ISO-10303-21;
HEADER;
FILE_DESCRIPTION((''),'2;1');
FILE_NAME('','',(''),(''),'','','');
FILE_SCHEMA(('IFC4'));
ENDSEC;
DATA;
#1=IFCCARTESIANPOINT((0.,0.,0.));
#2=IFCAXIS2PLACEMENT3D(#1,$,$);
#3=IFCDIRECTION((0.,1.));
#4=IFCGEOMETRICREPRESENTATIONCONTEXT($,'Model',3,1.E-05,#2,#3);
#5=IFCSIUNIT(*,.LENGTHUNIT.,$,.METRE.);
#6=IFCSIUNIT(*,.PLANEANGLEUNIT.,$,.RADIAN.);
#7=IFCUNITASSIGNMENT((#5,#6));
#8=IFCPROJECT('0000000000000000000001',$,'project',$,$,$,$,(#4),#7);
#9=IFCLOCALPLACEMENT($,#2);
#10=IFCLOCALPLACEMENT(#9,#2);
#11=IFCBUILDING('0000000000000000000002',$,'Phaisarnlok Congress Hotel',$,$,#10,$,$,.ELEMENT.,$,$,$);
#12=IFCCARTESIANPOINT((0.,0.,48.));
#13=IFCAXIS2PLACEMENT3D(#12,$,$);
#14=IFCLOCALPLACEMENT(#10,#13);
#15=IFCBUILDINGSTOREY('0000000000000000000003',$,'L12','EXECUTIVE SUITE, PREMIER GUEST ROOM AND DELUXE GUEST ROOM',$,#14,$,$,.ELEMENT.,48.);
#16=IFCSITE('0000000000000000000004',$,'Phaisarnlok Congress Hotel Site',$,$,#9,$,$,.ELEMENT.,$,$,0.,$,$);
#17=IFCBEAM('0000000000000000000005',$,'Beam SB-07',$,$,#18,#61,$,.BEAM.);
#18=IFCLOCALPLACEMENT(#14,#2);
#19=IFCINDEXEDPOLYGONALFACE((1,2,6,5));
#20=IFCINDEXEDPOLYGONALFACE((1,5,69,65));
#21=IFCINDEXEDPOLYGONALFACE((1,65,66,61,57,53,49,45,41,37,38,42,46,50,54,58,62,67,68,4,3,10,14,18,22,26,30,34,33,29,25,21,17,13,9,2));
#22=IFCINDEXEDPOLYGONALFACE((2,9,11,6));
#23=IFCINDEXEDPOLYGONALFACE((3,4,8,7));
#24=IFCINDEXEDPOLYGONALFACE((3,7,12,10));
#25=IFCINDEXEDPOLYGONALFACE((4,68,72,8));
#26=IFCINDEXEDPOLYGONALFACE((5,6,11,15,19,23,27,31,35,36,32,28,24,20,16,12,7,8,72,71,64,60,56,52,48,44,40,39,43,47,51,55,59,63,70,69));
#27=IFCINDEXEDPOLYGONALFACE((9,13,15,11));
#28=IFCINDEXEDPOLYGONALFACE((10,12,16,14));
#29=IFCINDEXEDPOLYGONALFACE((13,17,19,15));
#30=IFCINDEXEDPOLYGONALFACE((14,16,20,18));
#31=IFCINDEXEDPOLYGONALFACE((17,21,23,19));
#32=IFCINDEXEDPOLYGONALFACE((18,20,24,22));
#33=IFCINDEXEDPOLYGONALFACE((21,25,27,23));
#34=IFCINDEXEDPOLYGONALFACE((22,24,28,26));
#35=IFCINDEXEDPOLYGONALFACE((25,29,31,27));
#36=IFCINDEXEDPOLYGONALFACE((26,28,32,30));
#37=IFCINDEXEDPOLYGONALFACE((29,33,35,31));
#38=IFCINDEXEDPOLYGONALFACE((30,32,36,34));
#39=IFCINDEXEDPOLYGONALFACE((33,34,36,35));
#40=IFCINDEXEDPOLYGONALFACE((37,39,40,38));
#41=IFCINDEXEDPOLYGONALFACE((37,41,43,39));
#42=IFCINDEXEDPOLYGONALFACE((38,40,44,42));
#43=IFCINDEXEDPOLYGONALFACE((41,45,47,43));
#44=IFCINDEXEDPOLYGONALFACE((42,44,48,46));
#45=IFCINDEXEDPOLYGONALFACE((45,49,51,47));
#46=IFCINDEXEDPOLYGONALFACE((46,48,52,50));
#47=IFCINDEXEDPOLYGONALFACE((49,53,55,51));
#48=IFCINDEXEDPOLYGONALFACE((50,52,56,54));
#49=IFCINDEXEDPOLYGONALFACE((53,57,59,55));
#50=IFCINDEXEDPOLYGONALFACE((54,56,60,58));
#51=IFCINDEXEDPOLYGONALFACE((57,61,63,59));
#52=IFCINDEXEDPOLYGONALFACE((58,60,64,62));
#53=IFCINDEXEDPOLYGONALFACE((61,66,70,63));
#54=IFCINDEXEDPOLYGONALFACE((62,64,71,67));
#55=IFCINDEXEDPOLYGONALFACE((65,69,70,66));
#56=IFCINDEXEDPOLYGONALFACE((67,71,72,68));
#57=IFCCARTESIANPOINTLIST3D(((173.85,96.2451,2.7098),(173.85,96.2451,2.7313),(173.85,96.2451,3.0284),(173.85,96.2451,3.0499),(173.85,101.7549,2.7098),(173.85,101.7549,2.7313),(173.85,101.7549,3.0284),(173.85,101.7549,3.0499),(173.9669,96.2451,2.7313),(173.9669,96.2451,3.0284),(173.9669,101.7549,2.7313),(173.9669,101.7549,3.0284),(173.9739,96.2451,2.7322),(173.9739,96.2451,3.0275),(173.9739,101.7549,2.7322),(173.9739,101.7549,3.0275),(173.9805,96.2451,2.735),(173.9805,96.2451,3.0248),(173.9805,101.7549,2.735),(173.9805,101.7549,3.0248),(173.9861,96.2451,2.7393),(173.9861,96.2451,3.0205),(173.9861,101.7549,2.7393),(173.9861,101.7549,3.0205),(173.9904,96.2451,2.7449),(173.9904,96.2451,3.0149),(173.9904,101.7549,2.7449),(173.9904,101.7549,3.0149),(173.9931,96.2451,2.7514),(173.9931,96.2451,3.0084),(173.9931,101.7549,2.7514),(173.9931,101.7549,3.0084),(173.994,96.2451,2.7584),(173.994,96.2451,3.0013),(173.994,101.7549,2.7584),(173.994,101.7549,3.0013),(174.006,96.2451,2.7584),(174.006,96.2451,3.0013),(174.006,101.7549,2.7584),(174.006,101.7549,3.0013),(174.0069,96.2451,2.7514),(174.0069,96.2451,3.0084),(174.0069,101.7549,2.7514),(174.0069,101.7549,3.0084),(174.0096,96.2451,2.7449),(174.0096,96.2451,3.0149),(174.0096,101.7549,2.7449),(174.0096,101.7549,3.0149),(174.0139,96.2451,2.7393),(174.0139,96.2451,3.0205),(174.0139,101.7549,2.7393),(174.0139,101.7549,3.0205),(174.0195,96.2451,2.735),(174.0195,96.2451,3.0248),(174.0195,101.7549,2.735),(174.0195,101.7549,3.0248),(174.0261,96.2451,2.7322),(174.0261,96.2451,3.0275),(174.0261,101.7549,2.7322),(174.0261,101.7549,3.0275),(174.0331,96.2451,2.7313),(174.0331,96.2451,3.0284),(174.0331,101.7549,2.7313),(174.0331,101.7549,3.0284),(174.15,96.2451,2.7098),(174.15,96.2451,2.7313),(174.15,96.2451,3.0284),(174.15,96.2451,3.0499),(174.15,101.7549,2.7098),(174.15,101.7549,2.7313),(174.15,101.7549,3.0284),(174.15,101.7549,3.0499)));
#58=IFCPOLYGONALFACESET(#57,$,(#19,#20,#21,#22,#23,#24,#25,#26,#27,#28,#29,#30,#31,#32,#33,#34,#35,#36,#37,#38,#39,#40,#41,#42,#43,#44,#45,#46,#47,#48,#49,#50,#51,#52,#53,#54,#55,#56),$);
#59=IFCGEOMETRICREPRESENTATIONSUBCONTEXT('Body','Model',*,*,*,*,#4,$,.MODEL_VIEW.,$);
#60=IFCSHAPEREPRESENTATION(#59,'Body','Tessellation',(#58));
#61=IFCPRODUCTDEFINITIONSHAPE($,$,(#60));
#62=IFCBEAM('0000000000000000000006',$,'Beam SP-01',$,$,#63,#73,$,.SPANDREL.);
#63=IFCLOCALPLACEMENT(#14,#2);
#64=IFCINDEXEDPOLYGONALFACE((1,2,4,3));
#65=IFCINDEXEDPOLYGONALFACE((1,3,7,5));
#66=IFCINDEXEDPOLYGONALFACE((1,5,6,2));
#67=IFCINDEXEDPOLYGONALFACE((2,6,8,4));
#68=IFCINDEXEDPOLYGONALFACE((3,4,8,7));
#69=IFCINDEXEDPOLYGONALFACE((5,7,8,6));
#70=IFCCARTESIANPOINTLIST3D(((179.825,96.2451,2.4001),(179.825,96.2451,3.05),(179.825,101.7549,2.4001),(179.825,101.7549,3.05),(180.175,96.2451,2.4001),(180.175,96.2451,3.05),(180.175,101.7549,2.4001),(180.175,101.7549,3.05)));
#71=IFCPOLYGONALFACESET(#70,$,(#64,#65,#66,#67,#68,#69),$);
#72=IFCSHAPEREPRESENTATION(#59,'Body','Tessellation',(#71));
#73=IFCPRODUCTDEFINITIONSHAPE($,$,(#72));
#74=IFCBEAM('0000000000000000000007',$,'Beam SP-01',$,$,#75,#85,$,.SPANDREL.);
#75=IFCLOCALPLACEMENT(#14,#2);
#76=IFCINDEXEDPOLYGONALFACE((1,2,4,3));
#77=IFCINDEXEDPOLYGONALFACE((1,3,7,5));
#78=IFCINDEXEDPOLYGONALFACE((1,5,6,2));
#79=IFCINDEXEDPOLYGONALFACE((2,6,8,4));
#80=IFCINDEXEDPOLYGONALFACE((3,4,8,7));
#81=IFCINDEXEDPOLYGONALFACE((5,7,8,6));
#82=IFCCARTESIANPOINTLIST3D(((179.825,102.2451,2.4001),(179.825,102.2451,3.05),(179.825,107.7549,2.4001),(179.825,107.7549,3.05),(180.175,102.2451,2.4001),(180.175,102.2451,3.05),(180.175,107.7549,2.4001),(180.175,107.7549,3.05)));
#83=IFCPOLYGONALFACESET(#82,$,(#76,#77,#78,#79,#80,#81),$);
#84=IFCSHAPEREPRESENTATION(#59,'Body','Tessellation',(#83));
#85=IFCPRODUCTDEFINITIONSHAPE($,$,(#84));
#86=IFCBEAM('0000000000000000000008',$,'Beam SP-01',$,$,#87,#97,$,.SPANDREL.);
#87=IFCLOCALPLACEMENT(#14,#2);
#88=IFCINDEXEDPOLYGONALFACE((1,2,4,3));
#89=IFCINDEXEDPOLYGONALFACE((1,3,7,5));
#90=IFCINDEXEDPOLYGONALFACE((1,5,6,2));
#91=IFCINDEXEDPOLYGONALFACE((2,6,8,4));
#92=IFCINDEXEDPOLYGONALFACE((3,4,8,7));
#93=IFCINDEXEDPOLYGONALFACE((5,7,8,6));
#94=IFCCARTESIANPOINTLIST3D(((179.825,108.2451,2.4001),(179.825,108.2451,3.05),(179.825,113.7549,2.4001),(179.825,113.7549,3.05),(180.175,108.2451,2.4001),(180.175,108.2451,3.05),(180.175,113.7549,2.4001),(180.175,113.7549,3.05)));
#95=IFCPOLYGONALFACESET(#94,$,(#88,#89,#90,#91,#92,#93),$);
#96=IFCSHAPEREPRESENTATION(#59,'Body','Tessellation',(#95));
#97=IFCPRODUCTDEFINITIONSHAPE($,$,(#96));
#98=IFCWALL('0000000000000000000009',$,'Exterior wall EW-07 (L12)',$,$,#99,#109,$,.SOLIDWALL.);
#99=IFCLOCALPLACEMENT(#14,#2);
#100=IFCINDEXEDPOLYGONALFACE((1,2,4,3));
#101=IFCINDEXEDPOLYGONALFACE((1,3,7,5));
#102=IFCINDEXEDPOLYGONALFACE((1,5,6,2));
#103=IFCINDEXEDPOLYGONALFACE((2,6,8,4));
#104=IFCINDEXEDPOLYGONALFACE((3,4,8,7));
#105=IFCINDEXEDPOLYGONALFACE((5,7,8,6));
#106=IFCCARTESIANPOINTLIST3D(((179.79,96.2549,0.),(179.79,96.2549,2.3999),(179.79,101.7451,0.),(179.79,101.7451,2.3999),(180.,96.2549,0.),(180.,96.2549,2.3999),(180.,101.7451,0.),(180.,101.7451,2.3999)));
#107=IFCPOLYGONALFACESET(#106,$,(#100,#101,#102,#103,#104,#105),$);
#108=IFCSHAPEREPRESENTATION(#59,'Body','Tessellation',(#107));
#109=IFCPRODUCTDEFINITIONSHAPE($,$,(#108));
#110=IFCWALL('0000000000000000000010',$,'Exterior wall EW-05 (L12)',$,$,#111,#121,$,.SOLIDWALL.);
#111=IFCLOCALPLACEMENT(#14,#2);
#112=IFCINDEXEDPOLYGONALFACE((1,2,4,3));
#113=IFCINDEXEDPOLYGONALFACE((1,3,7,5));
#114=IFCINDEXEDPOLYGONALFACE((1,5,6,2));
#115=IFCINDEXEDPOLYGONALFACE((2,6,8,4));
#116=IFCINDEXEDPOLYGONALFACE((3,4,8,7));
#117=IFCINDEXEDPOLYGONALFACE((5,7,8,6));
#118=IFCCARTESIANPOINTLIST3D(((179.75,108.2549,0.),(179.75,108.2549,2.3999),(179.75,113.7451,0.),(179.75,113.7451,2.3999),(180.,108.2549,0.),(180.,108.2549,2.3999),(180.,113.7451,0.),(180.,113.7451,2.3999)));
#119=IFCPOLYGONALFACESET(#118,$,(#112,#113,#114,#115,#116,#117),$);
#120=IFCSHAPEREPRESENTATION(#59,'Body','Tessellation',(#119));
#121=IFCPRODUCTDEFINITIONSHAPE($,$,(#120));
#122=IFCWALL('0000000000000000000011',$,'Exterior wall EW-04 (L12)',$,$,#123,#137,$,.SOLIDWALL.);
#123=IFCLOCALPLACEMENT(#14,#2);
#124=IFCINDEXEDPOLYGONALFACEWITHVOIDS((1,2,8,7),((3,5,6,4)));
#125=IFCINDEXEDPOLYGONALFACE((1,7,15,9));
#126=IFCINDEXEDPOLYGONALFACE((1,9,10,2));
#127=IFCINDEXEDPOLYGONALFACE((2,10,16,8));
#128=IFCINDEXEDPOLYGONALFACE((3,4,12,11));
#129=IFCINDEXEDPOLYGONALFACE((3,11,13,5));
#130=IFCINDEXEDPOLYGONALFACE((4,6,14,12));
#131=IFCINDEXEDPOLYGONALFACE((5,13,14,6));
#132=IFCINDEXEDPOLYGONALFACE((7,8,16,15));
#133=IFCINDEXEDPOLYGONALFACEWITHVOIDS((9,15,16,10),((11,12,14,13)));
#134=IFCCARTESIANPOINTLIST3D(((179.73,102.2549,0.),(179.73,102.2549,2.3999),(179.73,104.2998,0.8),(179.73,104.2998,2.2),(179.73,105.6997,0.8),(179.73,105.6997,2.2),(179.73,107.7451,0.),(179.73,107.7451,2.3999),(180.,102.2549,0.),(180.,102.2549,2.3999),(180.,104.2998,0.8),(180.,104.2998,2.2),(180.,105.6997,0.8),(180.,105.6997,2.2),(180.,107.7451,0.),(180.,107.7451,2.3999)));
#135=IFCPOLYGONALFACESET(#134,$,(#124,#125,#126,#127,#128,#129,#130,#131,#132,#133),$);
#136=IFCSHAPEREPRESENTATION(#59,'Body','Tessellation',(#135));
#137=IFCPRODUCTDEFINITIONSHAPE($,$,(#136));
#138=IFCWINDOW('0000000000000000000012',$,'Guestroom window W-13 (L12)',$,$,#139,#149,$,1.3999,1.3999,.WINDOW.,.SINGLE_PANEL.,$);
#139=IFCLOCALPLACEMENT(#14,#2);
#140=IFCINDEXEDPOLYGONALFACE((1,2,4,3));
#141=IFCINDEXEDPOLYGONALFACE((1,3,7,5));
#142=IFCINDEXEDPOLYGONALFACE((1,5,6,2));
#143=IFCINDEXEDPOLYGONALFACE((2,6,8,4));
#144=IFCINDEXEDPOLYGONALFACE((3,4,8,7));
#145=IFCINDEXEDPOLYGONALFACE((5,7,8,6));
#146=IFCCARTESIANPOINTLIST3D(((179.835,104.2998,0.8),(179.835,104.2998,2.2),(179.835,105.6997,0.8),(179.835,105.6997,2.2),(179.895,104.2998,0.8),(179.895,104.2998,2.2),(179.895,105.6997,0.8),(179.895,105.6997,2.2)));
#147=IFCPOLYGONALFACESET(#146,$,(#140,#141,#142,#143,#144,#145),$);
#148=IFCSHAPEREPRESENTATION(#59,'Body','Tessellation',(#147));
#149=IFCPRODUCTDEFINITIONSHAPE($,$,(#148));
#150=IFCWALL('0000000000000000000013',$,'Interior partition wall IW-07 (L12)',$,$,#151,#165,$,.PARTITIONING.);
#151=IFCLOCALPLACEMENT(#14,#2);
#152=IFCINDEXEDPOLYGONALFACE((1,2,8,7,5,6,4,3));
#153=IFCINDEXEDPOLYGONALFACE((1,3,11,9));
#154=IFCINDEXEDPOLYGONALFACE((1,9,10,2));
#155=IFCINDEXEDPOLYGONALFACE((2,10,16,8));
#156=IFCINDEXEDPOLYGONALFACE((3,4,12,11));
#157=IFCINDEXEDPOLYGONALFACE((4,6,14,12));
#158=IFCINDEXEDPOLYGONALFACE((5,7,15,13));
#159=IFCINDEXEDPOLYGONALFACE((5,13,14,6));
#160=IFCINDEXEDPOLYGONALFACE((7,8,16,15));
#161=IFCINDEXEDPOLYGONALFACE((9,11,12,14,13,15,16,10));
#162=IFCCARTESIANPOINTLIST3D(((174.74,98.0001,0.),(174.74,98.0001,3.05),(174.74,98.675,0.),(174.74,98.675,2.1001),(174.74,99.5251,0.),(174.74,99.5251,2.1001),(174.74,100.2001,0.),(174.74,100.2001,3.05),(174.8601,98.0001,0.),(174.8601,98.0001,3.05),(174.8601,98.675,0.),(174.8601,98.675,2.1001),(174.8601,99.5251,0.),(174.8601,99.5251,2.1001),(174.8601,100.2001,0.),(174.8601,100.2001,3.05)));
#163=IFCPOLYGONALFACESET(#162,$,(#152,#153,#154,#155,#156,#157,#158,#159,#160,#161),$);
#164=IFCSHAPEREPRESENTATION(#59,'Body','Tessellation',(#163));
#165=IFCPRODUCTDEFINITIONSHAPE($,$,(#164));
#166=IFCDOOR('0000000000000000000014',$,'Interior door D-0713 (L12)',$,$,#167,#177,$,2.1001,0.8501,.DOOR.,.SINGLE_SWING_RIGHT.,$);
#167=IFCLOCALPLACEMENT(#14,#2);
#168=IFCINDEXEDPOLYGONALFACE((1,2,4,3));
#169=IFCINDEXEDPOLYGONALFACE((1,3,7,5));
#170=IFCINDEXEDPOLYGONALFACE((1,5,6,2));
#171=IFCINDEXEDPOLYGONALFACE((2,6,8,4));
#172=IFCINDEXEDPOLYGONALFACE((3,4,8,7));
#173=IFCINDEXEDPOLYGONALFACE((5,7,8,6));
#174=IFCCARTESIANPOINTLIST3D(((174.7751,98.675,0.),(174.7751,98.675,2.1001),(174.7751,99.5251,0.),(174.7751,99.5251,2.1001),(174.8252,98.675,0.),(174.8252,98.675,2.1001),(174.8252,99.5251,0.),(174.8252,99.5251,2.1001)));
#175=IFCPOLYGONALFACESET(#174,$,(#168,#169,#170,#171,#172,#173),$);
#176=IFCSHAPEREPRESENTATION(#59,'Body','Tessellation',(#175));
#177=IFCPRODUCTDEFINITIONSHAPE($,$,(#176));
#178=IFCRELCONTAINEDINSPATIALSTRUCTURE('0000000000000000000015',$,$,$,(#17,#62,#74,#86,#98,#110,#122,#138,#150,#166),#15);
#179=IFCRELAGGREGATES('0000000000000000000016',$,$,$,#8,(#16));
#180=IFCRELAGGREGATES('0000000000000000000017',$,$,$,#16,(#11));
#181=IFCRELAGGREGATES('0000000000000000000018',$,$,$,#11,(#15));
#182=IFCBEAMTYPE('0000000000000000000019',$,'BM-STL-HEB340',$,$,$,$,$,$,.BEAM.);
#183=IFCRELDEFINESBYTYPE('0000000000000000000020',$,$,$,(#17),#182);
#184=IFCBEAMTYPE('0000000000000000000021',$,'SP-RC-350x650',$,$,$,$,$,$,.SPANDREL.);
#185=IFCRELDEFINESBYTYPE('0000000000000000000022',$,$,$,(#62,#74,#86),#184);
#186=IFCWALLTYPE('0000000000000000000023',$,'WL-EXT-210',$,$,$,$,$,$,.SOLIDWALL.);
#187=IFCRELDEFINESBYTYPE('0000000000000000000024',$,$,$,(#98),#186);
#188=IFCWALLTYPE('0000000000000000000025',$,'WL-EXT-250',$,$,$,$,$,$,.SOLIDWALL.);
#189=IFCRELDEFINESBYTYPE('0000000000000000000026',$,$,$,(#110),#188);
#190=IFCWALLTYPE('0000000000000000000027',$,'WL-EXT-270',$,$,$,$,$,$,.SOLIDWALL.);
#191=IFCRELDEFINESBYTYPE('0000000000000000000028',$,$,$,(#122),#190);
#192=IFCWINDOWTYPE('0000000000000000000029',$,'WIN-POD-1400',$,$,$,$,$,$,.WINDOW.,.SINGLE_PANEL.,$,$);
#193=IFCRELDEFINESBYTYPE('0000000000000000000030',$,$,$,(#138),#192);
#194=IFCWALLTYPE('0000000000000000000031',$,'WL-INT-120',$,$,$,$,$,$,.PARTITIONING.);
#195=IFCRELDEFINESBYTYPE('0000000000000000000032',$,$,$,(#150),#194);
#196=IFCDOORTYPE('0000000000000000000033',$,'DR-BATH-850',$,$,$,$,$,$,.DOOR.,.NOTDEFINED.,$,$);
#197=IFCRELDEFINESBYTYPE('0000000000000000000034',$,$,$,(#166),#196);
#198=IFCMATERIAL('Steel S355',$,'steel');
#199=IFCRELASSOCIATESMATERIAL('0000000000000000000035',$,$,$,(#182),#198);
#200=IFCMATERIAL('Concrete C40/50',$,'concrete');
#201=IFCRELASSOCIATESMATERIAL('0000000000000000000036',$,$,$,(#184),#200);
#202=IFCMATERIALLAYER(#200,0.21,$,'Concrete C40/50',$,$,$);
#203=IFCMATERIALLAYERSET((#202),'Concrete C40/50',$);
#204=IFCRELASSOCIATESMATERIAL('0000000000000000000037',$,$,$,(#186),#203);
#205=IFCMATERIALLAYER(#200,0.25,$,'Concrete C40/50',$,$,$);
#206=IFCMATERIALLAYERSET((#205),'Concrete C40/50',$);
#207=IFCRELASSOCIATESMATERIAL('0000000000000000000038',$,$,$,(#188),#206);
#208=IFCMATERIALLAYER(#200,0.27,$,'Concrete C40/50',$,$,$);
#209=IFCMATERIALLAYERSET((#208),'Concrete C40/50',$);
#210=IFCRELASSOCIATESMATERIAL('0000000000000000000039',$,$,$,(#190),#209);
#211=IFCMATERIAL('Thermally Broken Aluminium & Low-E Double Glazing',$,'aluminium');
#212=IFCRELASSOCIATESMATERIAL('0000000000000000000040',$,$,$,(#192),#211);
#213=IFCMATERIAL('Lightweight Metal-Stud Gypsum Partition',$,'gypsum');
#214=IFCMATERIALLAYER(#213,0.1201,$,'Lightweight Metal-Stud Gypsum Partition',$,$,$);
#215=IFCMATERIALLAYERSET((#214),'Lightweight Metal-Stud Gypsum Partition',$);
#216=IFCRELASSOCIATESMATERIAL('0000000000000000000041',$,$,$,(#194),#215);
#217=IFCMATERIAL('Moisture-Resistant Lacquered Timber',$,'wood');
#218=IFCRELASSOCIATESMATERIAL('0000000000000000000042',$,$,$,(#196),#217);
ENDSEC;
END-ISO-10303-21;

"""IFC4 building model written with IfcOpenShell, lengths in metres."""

from ifc_helpers import new_model, si_unit, direction, frame, frame_2d, origin, origin_2d, place, context, subcontext, project, spatial, rectangle, i_section, extrude, material, layer, layer_set, material_profile, profile_set, type_object, element, fill, save


model = new_model("IFC4")

# Units and contexts
model_context = context("Model", 3, precision=1e-05, world=origin(), true_north=direction((0.0, 1.0)))
body_context = subcontext(model_context, "Body", "Model", "MODEL_VIEW")
ifc_project = project(units=[si_unit("LENGTHUNIT", "METRE"), si_unit("PLANEANGLEUNIT", "RADIAN")], contexts=[model_context])

# Site, building, storey
site_placement = place(None, origin())
site = spatial("IfcSite", under=ifc_project, at=site_placement, Name="Phaisarnlok Congress Hotel Site", CompositionType="ELEMENT", RefElevation=0.0)
building_placement = place(site_placement, origin())
building = spatial("IfcBuilding", under=site, at=building_placement, Name="Phaisarnlok Congress Hotel", CompositionType="ELEMENT")
storey_placement = place(building_placement, frame((0.0, 0.0, 48.0)))
storey = spatial("IfcBuildingStorey", under=building, at=storey_placement, Name="L12", Description="EXECUTIVE SUITE, PREMIER GUEST ROOM AND DELUXE GUEST ROOM", CompositionType="ELEMENT", Elevation=48.0)

# Beams
ifc_material_1 = material(Name="Concrete C40/50", Category="concrete")
ifc_material_2 = material(Name="Steel S355", Category="steel")
ifc_material_profile_1 = material_profile(ifc_material_2, i_section(OverallWidth=0.3, OverallDepth=0.3401, WebThickness=0.012, FlangeThickness=0.0215, FilletRadius=0.0271, at=origin_2d()), Name="HEB 340")
ifc_profile_set_1 = profile_set([ifc_material_profile_1], Name="Steel S355")
beam_type_1 = type_object("IfcBeamType", Name="BM-STL-HEB340", PredefinedType="BEAM", material=ifc_profile_set_1)
beam_1_placement = place(storey_placement, frame((174.0, 96.2451, 2.8799), z_axis=(0.0, 1.0, 0.0), x_axis=(-1.0, 0.0, 0.0)))
element("IfcBeam", 1, at=beam_1_placement, inside=storey, type_object=beam_type_1, Name="Beam SB-07", PredefinedType="BEAM", context=body_context, shape_type="SweptSolid", body=[
    extrude(i_section(OverallWidth=0.3, OverallDepth=0.3401, WebThickness=0.012, FlangeThickness=0.0215, FilletRadius=0.0271, at=origin_2d()), origin(), (0.0, 0.0, 1.0), 5.5098),
])
ifc_material_profile_2 = material_profile(ifc_material_1, rectangle(XDim=0.3501, YDim=0.6499, at=origin_2d()), Name="RC 350x650")
ifc_profile_set_2 = profile_set([ifc_material_profile_2], Name="Concrete C40/50")
beam_type_2 = type_object("IfcBeamType", Name="SP-RC-350x650", PredefinedType="SPANDREL", material=ifc_profile_set_2)
for number, where, z_axis, x_axis, name in (
    (2, (180.0, 96.2451, 2.7251), (0.0, 1.0, 0.0), (-1.0, 0.0, 0.0), "Beam SP-01"),
    (3, (180.0, 102.2451, 2.7251), (0.0, 1.0, 0.0), (-1.0, 0.0, 0.0), "Beam SP-01"),
    (4, (180.0, 108.2451, 2.7251), (0.0, 1.0, 0.0), (-1.0, 0.0, 0.0), "Beam SP-01"),
):
    element("IfcBeam", number, at=place(storey_placement, frame(where, z_axis=z_axis, x_axis=x_axis)), inside=storey, type_object=beam_type_2, Name=name, PredefinedType="SPANDREL", context=body_context, shape_type="SweptSolid", body=[
        extrude(rectangle(XDim=0.3501, YDim=0.6499, at=origin_2d()), origin(), (0.0, 0.0, 1.0), 5.5098),
    ])

# Walls
ifc_layer_1 = layer(ifc_material_1, 0.21, Name="Concrete C40/50")
ifc_layer_set_1 = layer_set([ifc_layer_1], Name="Concrete C40/50")
wall_type_1 = type_object("IfcWallType", Name="WL-EXT-210", PredefinedType="SOLIDWALL", material=ifc_layer_set_1)
wall_1_placement = place(storey_placement, frame((179.895, 96.2549, 0.0), z_axis=(0.0, 0.0, 1.0), x_axis=(0.0, 1.0, 0.0)))
element("IfcWall", 5, at=wall_1_placement, inside=storey, type_object=wall_type_1, Name="Exterior wall EW-07 (L12)", PredefinedType="SOLIDWALL", context=body_context, shape_type="SweptSolid", body=[
    extrude(rectangle(XDim=5.4902, YDim=0.21, at=frame_2d((2.7451, 0.0))), origin(), (0.0, 0.0, 1.0), 2.3999),
])
ifc_layer_2 = layer(ifc_material_1, 0.25, Name="Concrete C40/50")
ifc_layer_set_2 = layer_set([ifc_layer_2], Name="Concrete C40/50")
wall_type_2 = type_object("IfcWallType", Name="WL-EXT-250", PredefinedType="SOLIDWALL", material=ifc_layer_set_2)
wall_2_placement = place(storey_placement, frame((179.875, 108.2549, 0.0), z_axis=(0.0, 0.0, 1.0), x_axis=(0.0, 1.0, 0.0)))
element("IfcWall", 6, at=wall_2_placement, inside=storey, type_object=wall_type_2, Name="Exterior wall EW-05 (L12)", PredefinedType="SOLIDWALL", context=body_context, shape_type="SweptSolid", body=[
    extrude(rectangle(XDim=5.4902, YDim=0.25, at=frame_2d((2.7451, 0.0))), origin(), (0.0, 0.0, 1.0), 2.3999),
])

# Wall, opening, window
ifc_layer_3 = layer(ifc_material_1, 0.27, Name="Concrete C40/50")
ifc_layer_set_3 = layer_set([ifc_layer_3], Name="Concrete C40/50")
wall_type_3 = type_object("IfcWallType", Name="WL-EXT-270", PredefinedType="SOLIDWALL", material=ifc_layer_set_3)
wall_3_placement = place(storey_placement, frame((179.865, 102.2549, 0.0), z_axis=(0.0, 0.0, 1.0), x_axis=(0.0, 1.0, 0.0)))
wall_3 = element("IfcWall", 7, at=wall_3_placement, inside=storey, type_object=wall_type_3, Name="Exterior wall EW-04 (L12)", PredefinedType="SOLIDWALL", context=body_context, shape_type="SweptSolid", body=[
    extrude(rectangle(XDim=5.4902, YDim=0.27, at=frame_2d((2.7451, 0.0))), origin(), (0.0, 0.0, 1.0), 2.3999),
])
opening_1_placement = place(wall_3_placement, frame((2.0449, 0.0, 0.8)))
opening_1 = element("IfcOpeningElement", 8, at=opening_1_placement, cuts=wall_3, PredefinedType="OPENING", context=body_context, shape_type="SweptSolid", body=[
    extrude(rectangle(XDim=1.3999, YDim=1.3999, at=frame_2d((0.7, 0.7))), frame((0.0, 0.145, 0.0), z_axis=(0.0, -1.0, 0.0), x_axis=(1.0, 0.0, 0.0)), (0.0, 0.0, 1.0), 0.29),
])
ifc_material_3 = material(Name="Thermally Broken Aluminium & Low-E Double Glazing", Category="aluminium")
window_type = type_object("IfcWindowType", Name="WIN-POD-1400", PartitioningType="SINGLE_PANEL", PredefinedType="WINDOW", material=ifc_material_3)
window_placement = place(opening_1_placement, origin())
window = element("IfcWindow", 9, at=window_placement, inside=storey, type_object=window_type, Name="Guestroom window W-13 (L12)", OverallHeight=1.3999, OverallWidth=1.3999, PartitioningType="SINGLE_PANEL", PredefinedType="WINDOW", context=body_context, shape_type="SweptSolid", body=[
    extrude(rectangle(XDim=1.3999, YDim=1.3999, at=frame_2d((0.7, 0.7))), frame((0.0, 0.03, 0.0), z_axis=(0.0, -1.0, 0.0), x_axis=(1.0, 0.0, 0.0)), (0.0, 0.0, 1.0), 0.0601),
])
fill(opening_1, window)

# Wall, opening, door
ifc_material_4 = material(Name="Lightweight Metal-Stud Gypsum Partition", Category="gypsum")
ifc_layer_4 = layer(ifc_material_4, 0.1201, Name="Lightweight Metal-Stud Gypsum Partition")
ifc_layer_set_4 = layer_set([ifc_layer_4], Name="Lightweight Metal-Stud Gypsum Partition")
wall_type_4 = type_object("IfcWallType", Name="WL-INT-120", PredefinedType="PARTITIONING", material=ifc_layer_set_4)
wall_4_placement = place(storey_placement, frame((174.8, 98.0, 0.0), z_axis=(0.0, 0.0, 1.0), x_axis=(0.0, 1.0, 0.0)))
wall_4 = element("IfcWall", 10, at=wall_4_placement, inside=storey, type_object=wall_type_4, Name="Interior partition wall IW-07 (L12)", PredefinedType="PARTITIONING", context=body_context, shape_type="SweptSolid", body=[
    extrude(rectangle(XDim=2.2, YDim=0.1201, at=frame_2d((1.1001, 0.0))), origin(), (0.0, 0.0, 1.0), 3.05),
])
opening_2_placement = place(wall_4_placement, frame((0.675, 0.0, 0.0)))
opening_2 = element("IfcOpeningElement", 11, at=opening_2_placement, cuts=wall_4, PredefinedType="OPENING", context=body_context, shape_type="SweptSolid", body=[
    extrude(rectangle(XDim=0.8501, YDim=2.1001, at=frame_2d((0.425, 1.05))), frame((0.0, 0.0701, 0.0), z_axis=(0.0, -1.0, 0.0), x_axis=(1.0, 0.0, 0.0)), (0.0, 0.0, 1.0), 0.1401),
])
ifc_material_5 = material(Name="Moisture-Resistant Lacquered Timber", Category="wood")
door_type_1 = type_object("IfcDoorType", Name="DR-BATH-850", OperationType="NOTDEFINED", PredefinedType="DOOR", material=ifc_material_5)
door_1_placement = place(opening_2_placement, origin())
door_1 = element("IfcDoor", 12, at=door_1_placement, inside=storey, type_object=door_type_1, Name="Interior door D-0713 (L12)", OperationType="SINGLE_SWING_RIGHT", OverallHeight=2.1001, OverallWidth=0.8501, PredefinedType="DOOR", context=body_context, shape_type="SweptSolid", body=[
    extrude(rectangle(XDim=0.8501, YDim=2.1001, at=frame_2d((0.425, 1.05))), frame((0.0, 0.0249, 0.0), z_axis=(0.0, -1.0, 0.0), x_axis=(1.0, 0.0, 0.0)), (0.0, 0.0, 1.0), 0.05),
])
fill(opening_2, door_1)

save(model, "model.ifc")
